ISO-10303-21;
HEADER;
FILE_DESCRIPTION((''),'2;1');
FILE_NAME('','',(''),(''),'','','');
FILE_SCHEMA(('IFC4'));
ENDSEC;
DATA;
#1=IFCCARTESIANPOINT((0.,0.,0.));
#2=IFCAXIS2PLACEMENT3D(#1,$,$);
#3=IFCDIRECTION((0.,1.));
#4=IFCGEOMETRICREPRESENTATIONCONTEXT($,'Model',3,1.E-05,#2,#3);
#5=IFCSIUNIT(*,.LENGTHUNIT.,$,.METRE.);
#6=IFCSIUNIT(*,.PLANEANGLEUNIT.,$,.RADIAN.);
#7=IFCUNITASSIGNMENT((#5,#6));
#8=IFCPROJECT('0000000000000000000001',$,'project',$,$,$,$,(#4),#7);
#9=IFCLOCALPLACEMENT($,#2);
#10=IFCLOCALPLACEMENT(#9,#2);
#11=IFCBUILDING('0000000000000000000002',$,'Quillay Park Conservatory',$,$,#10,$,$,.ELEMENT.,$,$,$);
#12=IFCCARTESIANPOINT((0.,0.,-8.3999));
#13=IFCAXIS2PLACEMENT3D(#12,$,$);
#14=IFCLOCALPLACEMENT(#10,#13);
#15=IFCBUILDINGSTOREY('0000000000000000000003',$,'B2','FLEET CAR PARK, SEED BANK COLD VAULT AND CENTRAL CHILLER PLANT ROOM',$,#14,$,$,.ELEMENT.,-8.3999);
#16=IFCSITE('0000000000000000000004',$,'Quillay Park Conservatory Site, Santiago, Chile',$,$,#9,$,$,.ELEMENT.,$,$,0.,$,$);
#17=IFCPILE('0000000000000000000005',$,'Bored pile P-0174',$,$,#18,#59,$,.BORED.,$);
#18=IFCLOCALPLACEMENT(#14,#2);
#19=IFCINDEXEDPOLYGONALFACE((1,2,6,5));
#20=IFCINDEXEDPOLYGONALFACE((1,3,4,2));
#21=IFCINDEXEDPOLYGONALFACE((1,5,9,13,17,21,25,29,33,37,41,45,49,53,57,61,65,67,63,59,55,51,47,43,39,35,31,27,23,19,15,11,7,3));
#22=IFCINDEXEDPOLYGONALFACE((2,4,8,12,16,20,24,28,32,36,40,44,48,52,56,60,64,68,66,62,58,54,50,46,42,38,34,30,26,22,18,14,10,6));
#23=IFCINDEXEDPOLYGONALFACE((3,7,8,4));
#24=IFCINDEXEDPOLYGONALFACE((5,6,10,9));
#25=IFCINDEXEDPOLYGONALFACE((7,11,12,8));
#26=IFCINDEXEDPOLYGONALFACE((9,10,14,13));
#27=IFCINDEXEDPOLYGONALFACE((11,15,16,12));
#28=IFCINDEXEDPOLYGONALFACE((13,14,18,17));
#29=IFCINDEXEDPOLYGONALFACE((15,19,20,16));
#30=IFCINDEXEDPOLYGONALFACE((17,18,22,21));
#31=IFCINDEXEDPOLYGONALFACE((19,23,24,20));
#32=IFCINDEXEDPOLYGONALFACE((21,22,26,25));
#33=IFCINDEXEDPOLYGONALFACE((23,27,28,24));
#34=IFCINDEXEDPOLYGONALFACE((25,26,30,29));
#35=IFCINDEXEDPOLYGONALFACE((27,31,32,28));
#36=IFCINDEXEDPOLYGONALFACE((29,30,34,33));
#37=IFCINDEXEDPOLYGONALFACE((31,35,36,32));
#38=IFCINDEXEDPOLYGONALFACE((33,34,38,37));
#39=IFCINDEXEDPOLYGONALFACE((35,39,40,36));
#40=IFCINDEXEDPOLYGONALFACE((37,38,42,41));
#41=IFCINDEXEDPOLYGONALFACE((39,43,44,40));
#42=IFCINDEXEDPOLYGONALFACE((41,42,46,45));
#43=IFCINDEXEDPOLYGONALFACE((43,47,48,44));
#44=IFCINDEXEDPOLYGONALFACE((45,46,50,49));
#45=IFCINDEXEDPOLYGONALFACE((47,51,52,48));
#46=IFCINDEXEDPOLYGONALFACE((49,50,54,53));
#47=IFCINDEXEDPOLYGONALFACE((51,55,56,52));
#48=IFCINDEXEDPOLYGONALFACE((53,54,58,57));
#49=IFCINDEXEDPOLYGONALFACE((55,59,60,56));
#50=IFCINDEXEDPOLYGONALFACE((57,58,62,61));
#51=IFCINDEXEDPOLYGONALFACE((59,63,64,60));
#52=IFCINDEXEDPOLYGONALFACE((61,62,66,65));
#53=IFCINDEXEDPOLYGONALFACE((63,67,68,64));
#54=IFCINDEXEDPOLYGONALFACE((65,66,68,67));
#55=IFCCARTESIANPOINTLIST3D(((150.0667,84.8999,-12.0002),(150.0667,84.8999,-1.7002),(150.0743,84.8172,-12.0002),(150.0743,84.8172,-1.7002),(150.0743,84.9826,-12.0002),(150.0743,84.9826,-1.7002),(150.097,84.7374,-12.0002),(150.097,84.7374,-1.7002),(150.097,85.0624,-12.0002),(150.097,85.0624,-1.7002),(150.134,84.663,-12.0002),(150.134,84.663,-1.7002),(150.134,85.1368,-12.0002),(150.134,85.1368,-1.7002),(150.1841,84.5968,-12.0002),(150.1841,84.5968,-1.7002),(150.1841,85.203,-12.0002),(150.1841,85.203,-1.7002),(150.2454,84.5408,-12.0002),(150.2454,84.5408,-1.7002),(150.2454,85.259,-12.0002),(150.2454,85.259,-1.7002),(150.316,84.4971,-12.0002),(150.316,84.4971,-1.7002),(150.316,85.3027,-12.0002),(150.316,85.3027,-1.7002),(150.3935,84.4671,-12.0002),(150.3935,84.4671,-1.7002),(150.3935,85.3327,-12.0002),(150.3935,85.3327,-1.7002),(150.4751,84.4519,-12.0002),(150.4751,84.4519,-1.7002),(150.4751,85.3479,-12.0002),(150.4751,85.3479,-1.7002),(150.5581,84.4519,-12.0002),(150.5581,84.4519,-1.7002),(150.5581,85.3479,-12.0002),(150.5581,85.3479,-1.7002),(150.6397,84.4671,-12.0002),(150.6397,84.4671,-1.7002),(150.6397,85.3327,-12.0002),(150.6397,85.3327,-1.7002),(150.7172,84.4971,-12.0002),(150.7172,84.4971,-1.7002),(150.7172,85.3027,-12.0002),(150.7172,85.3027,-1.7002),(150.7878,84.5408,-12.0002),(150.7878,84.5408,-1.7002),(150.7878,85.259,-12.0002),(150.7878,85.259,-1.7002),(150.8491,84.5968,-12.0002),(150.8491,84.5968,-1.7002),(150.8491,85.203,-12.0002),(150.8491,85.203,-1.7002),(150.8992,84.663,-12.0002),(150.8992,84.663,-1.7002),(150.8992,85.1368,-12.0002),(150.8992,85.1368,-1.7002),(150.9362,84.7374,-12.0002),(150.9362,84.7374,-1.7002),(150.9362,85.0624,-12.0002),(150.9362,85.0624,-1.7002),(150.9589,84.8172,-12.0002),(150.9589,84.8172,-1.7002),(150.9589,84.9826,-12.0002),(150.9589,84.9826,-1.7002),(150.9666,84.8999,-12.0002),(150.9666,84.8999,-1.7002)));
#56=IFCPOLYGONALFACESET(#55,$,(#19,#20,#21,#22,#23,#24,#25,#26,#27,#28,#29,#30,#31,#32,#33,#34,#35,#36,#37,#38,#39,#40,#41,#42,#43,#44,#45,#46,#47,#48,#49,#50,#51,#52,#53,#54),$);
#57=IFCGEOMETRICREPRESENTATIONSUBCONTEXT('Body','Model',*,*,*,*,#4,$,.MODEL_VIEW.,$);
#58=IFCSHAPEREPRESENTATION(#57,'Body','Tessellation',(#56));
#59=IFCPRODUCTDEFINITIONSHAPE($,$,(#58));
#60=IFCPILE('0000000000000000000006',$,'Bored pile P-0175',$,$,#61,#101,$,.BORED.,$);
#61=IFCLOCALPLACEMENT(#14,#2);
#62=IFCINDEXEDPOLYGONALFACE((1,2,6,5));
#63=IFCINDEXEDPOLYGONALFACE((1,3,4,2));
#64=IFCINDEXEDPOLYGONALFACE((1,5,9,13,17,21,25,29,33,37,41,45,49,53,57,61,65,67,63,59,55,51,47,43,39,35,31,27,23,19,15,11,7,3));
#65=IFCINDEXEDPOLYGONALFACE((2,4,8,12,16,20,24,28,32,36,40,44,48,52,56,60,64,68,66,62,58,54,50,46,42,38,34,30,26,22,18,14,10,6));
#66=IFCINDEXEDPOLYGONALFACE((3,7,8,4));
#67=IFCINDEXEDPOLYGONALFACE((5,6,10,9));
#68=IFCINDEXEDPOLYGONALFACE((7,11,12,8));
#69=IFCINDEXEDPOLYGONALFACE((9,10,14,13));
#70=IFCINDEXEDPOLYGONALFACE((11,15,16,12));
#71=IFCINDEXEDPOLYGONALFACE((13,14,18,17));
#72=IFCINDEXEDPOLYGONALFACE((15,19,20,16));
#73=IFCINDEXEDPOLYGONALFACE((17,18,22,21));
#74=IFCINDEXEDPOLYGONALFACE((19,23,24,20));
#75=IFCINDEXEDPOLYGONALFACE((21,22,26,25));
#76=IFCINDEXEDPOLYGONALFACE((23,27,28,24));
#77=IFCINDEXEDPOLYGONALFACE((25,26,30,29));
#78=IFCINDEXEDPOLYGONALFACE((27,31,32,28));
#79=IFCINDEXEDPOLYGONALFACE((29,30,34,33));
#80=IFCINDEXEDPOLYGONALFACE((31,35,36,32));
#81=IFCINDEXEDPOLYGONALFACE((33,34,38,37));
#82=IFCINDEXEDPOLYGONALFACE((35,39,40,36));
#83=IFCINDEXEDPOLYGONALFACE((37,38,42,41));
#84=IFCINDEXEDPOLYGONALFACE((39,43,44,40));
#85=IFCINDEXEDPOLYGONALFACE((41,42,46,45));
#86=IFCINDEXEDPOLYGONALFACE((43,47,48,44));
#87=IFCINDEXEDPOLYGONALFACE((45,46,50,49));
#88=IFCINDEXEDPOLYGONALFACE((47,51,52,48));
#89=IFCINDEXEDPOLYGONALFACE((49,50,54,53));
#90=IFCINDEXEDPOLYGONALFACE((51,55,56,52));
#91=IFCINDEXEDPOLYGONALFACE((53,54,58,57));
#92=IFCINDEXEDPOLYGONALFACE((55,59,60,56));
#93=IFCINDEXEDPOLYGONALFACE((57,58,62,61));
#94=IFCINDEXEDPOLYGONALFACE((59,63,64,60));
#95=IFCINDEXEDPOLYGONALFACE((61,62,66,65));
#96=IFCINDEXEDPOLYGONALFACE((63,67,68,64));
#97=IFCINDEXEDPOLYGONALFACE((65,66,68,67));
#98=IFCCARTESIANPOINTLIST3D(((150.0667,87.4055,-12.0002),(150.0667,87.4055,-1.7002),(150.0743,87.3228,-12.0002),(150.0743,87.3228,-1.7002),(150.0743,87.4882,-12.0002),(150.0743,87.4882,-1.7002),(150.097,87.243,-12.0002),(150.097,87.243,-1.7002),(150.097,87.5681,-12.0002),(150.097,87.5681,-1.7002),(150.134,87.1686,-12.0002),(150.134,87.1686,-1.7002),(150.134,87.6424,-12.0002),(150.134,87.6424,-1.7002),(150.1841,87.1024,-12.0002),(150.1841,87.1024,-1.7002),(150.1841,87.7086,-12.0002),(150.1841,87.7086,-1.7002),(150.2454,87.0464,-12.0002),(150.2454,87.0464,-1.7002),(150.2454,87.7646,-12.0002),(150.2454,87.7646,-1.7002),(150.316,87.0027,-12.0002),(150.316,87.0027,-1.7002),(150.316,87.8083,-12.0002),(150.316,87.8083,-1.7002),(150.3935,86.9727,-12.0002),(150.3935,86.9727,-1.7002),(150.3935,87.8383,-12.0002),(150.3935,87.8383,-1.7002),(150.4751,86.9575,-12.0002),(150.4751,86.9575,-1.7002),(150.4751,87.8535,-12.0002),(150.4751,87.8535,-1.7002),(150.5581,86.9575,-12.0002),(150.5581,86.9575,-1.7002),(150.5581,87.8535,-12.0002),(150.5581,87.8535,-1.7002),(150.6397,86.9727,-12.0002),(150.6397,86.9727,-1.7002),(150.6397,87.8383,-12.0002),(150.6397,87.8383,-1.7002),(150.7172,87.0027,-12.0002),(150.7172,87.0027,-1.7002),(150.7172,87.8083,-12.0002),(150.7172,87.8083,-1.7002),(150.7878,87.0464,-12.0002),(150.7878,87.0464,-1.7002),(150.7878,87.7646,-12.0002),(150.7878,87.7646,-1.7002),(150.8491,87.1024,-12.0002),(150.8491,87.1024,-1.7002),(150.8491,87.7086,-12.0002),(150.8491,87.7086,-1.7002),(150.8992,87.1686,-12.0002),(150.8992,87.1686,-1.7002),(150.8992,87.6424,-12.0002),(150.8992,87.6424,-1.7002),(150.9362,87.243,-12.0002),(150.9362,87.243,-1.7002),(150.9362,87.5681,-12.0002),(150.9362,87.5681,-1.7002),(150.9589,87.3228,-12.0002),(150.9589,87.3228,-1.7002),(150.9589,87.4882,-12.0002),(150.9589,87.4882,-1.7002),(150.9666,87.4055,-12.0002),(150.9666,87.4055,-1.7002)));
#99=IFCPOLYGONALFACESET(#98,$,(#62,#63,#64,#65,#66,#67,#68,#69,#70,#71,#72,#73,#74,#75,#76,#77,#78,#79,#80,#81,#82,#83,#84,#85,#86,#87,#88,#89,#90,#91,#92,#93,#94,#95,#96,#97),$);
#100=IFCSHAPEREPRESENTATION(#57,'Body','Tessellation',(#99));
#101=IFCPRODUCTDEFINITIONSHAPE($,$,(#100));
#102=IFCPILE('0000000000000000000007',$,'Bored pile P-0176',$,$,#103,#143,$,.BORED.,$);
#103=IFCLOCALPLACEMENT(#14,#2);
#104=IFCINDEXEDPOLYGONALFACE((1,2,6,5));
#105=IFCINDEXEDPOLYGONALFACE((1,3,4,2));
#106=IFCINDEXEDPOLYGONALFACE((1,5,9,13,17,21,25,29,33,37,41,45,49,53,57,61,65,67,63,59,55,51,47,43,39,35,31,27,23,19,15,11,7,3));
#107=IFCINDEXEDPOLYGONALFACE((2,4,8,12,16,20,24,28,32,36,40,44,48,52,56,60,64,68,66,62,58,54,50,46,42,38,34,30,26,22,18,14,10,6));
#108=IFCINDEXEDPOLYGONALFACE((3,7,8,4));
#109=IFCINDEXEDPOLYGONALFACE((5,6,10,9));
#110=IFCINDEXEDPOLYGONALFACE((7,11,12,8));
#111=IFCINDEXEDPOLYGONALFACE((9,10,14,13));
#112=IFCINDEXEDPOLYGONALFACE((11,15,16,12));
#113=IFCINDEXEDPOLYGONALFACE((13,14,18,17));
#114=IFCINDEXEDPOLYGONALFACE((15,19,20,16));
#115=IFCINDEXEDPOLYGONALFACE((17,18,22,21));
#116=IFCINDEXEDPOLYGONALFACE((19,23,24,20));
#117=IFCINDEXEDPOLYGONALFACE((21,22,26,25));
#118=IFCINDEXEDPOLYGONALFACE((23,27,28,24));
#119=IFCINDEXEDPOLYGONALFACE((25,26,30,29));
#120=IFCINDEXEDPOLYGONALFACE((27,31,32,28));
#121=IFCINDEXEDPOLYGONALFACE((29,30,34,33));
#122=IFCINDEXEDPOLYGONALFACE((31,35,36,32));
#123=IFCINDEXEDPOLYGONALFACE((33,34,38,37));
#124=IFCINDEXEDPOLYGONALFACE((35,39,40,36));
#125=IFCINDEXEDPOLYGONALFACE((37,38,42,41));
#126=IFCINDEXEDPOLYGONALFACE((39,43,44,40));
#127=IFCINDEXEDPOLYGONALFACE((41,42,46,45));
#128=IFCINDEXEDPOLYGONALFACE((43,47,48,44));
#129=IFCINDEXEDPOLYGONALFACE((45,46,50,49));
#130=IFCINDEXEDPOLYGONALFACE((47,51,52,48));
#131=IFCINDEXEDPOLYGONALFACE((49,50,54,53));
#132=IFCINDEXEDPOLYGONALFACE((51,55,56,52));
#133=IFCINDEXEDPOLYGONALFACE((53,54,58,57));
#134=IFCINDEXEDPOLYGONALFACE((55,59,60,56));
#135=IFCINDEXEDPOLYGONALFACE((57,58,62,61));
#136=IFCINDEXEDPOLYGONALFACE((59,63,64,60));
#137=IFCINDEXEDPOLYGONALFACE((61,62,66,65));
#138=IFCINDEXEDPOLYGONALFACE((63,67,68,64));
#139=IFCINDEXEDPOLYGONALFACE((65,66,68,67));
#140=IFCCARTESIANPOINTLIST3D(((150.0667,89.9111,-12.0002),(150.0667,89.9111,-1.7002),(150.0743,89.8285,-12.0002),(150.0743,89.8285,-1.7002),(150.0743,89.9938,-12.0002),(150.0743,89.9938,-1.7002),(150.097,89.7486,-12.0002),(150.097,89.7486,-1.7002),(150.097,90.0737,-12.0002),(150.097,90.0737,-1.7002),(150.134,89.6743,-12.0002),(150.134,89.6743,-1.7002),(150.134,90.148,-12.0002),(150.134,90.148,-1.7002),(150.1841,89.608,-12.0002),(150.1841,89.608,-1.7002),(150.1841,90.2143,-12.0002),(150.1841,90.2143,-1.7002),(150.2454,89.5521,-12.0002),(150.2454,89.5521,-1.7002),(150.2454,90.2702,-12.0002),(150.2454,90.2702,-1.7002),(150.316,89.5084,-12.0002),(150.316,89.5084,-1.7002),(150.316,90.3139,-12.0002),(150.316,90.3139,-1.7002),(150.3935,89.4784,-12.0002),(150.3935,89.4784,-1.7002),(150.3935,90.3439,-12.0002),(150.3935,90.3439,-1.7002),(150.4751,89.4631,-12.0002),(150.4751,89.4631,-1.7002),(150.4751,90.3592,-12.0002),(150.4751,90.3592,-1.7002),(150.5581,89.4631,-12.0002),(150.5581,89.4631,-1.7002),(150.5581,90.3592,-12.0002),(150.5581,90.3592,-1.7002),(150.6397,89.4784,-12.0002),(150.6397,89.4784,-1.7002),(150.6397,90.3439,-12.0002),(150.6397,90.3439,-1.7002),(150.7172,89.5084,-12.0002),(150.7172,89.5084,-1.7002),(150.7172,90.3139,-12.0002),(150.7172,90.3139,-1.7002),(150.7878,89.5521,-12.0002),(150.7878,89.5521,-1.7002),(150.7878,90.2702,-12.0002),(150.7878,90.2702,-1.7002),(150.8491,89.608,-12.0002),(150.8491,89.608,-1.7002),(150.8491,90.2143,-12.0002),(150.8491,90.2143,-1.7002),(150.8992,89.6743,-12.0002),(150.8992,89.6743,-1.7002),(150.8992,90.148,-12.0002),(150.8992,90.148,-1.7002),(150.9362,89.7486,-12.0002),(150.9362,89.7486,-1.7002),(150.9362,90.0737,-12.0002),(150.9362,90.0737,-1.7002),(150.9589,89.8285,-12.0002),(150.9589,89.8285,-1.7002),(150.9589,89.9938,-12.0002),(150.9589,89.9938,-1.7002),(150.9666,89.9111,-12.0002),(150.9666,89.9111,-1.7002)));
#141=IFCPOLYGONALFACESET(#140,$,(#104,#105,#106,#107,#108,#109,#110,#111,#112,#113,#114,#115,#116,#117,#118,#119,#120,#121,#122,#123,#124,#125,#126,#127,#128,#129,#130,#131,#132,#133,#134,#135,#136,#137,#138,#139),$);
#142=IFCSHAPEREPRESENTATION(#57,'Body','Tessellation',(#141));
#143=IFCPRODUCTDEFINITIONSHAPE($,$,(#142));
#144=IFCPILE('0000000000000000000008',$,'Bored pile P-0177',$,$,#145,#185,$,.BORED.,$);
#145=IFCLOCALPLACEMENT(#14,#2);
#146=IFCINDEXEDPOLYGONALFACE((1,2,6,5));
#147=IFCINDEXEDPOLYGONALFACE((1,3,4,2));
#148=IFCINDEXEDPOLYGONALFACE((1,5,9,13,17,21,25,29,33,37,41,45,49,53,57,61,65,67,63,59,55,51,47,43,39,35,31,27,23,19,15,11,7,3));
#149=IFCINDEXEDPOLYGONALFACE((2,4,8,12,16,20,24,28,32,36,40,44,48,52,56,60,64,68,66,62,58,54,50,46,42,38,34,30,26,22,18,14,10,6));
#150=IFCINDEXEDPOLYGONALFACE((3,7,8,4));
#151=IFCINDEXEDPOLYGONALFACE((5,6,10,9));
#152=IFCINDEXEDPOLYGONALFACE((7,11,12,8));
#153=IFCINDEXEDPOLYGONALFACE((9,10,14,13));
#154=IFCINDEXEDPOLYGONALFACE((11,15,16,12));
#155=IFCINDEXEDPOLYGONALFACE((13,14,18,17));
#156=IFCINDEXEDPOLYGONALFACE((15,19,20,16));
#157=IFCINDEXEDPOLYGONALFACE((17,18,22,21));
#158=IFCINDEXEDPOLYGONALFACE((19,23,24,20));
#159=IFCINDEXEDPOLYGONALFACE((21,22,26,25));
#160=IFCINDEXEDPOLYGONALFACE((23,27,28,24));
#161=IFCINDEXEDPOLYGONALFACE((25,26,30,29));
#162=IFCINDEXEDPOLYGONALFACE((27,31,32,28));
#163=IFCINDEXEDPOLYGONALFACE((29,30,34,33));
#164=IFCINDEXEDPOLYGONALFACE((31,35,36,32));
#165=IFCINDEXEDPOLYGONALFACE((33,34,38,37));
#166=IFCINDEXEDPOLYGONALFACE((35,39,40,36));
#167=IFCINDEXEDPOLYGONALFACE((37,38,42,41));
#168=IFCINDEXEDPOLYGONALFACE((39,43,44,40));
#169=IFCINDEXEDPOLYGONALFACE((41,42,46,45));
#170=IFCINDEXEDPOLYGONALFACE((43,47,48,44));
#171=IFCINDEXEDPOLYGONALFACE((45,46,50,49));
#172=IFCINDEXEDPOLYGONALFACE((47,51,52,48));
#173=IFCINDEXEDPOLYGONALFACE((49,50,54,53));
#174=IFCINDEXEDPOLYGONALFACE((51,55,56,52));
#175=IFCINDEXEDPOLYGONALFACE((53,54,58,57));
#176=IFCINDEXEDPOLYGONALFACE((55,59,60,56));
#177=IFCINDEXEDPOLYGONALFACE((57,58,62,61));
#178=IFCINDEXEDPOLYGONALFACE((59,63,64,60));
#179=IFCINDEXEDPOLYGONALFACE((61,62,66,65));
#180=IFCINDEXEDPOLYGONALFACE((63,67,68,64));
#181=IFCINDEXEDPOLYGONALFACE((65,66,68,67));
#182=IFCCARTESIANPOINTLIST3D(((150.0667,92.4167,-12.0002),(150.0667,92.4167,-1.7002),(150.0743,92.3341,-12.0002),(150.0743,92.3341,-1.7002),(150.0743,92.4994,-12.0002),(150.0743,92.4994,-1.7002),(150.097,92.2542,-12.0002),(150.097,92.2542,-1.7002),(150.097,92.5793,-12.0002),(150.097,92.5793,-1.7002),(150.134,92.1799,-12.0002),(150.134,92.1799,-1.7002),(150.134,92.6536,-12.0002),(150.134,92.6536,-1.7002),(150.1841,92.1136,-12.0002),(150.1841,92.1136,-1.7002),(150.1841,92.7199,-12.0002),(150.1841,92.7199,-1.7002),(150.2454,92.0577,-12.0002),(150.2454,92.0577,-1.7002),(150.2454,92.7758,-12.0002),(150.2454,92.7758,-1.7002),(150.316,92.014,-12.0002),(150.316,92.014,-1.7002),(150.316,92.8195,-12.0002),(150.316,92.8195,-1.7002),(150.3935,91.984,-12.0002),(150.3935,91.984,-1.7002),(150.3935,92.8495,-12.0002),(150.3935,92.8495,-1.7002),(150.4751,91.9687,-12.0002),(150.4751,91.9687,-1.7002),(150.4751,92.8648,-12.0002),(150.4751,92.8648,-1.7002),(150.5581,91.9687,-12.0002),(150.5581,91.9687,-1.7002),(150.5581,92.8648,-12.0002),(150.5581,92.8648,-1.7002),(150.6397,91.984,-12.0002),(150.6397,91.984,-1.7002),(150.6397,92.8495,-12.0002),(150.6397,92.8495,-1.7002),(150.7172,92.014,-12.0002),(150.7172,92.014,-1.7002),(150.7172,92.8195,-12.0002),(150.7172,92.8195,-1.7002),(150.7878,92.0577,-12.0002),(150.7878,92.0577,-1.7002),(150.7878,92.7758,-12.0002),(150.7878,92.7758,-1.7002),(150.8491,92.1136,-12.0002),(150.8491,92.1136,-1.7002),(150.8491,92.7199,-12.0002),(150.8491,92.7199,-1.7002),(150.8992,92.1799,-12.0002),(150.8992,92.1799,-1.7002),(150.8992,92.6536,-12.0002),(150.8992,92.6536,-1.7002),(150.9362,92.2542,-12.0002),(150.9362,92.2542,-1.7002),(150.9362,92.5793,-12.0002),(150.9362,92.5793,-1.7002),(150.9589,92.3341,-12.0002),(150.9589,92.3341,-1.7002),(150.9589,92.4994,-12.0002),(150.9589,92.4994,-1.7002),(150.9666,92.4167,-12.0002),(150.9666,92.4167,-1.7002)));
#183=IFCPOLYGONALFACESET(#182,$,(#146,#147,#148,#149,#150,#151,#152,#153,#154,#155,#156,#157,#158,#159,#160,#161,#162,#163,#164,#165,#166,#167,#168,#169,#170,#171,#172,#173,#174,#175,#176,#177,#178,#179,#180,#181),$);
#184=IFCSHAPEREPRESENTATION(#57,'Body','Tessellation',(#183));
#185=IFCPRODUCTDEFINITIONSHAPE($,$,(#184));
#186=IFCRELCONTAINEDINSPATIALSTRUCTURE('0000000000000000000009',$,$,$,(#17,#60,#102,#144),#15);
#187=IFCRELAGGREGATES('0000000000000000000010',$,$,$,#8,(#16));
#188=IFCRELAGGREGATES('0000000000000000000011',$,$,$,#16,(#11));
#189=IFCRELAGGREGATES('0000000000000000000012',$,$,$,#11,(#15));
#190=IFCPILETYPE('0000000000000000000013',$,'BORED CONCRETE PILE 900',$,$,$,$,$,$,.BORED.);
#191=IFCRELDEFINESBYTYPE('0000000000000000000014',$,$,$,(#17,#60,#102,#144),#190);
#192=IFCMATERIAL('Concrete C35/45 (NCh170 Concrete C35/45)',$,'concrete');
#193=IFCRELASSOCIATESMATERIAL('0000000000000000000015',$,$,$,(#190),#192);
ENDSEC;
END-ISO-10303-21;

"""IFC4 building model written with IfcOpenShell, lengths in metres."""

from ifc_helpers import new_model, si_unit, direction, frame, origin, origin_2d, place, context, subcontext, project, spatial, circle, extrude, material, material_profile, profile_set, type_object, element, save


model = new_model("IFC4")

# Units and contexts
model_context = context("Model", 3, precision=1e-05, world=origin(), true_north=direction((0.0, 1.0)))
body_context = subcontext(model_context, "Body", "Model", "MODEL_VIEW")
ifc_project = project(units=[si_unit("LENGTHUNIT", "METRE"), si_unit("PLANEANGLEUNIT", "RADIAN")], contexts=[model_context])

# Site, building, storey
site_placement = place(None, origin())
site = spatial("IfcSite", under=ifc_project, at=site_placement, Name="Quillay Park Conservatory Site, Santiago, Chile", CompositionType="ELEMENT", RefElevation=0.0)
building_placement = place(site_placement, origin())
building = spatial("IfcBuilding", under=site, at=building_placement, Name="Quillay Park Conservatory", CompositionType="ELEMENT")
storey_placement = place(building_placement, frame((0.0, 0.0, -8.3999)))
storey = spatial("IfcBuildingStorey", under=building, at=storey_placement, Name="B2", Description="FLEET CAR PARK, SEED BANK COLD VAULT AND CENTRAL CHILLER PLANT ROOM", CompositionType="ELEMENT", Elevation=-8.3999)

# Piles
ifc_material_1 = material(Name="Concrete C35/45 (NCh170 Concrete C35/45)", Category="concrete")
ifc_material_profile_1 = material_profile(ifc_material_1, circle(Radius=0.45, at=origin_2d()), Name="PILE900")
ifc_profile_set_1 = profile_set([ifc_material_profile_1], Name="Concrete C35/45 (NCh170 Concrete C35/45)")
pile_type = type_object("IfcPileType", Name="BORED CONCRETE PILE 900", PredefinedType="BORED", material=ifc_profile_set_1)
for number, where, z_axis, x_axis, name in (
    (1, (150.5166, 84.8999, -1.7002), (0.0, 0.0, -1.0), (1.0, 0.0, 0.0), "Bored pile P-0174"),
    (2, (150.5166, 87.4055, -1.7002), (0.0, 0.0, -1.0), (1.0, 0.0, 0.0), "Bored pile P-0175"),
    (3, (150.5166, 89.9111, -1.7002), (0.0, 0.0, -1.0), (1.0, 0.0, 0.0), "Bored pile P-0176"),
    (4, (150.5166, 92.4167, -1.7002), (0.0, 0.0, -1.0), (1.0, 0.0, 0.0), "Bored pile P-0177"),
):
    element("IfcPile", number, at=place(storey_placement, frame(where, z_axis=z_axis, x_axis=x_axis)), inside=storey, type_object=pile_type, Name=name, PredefinedType="BORED", context=body_context, shape_type="SweptSolid", body=[
        extrude(circle(Radius=0.45, at=origin_2d()), origin(), (0.0, 0.0, 1.0), 10.3),
    ])

save(model, "model.ifc")
